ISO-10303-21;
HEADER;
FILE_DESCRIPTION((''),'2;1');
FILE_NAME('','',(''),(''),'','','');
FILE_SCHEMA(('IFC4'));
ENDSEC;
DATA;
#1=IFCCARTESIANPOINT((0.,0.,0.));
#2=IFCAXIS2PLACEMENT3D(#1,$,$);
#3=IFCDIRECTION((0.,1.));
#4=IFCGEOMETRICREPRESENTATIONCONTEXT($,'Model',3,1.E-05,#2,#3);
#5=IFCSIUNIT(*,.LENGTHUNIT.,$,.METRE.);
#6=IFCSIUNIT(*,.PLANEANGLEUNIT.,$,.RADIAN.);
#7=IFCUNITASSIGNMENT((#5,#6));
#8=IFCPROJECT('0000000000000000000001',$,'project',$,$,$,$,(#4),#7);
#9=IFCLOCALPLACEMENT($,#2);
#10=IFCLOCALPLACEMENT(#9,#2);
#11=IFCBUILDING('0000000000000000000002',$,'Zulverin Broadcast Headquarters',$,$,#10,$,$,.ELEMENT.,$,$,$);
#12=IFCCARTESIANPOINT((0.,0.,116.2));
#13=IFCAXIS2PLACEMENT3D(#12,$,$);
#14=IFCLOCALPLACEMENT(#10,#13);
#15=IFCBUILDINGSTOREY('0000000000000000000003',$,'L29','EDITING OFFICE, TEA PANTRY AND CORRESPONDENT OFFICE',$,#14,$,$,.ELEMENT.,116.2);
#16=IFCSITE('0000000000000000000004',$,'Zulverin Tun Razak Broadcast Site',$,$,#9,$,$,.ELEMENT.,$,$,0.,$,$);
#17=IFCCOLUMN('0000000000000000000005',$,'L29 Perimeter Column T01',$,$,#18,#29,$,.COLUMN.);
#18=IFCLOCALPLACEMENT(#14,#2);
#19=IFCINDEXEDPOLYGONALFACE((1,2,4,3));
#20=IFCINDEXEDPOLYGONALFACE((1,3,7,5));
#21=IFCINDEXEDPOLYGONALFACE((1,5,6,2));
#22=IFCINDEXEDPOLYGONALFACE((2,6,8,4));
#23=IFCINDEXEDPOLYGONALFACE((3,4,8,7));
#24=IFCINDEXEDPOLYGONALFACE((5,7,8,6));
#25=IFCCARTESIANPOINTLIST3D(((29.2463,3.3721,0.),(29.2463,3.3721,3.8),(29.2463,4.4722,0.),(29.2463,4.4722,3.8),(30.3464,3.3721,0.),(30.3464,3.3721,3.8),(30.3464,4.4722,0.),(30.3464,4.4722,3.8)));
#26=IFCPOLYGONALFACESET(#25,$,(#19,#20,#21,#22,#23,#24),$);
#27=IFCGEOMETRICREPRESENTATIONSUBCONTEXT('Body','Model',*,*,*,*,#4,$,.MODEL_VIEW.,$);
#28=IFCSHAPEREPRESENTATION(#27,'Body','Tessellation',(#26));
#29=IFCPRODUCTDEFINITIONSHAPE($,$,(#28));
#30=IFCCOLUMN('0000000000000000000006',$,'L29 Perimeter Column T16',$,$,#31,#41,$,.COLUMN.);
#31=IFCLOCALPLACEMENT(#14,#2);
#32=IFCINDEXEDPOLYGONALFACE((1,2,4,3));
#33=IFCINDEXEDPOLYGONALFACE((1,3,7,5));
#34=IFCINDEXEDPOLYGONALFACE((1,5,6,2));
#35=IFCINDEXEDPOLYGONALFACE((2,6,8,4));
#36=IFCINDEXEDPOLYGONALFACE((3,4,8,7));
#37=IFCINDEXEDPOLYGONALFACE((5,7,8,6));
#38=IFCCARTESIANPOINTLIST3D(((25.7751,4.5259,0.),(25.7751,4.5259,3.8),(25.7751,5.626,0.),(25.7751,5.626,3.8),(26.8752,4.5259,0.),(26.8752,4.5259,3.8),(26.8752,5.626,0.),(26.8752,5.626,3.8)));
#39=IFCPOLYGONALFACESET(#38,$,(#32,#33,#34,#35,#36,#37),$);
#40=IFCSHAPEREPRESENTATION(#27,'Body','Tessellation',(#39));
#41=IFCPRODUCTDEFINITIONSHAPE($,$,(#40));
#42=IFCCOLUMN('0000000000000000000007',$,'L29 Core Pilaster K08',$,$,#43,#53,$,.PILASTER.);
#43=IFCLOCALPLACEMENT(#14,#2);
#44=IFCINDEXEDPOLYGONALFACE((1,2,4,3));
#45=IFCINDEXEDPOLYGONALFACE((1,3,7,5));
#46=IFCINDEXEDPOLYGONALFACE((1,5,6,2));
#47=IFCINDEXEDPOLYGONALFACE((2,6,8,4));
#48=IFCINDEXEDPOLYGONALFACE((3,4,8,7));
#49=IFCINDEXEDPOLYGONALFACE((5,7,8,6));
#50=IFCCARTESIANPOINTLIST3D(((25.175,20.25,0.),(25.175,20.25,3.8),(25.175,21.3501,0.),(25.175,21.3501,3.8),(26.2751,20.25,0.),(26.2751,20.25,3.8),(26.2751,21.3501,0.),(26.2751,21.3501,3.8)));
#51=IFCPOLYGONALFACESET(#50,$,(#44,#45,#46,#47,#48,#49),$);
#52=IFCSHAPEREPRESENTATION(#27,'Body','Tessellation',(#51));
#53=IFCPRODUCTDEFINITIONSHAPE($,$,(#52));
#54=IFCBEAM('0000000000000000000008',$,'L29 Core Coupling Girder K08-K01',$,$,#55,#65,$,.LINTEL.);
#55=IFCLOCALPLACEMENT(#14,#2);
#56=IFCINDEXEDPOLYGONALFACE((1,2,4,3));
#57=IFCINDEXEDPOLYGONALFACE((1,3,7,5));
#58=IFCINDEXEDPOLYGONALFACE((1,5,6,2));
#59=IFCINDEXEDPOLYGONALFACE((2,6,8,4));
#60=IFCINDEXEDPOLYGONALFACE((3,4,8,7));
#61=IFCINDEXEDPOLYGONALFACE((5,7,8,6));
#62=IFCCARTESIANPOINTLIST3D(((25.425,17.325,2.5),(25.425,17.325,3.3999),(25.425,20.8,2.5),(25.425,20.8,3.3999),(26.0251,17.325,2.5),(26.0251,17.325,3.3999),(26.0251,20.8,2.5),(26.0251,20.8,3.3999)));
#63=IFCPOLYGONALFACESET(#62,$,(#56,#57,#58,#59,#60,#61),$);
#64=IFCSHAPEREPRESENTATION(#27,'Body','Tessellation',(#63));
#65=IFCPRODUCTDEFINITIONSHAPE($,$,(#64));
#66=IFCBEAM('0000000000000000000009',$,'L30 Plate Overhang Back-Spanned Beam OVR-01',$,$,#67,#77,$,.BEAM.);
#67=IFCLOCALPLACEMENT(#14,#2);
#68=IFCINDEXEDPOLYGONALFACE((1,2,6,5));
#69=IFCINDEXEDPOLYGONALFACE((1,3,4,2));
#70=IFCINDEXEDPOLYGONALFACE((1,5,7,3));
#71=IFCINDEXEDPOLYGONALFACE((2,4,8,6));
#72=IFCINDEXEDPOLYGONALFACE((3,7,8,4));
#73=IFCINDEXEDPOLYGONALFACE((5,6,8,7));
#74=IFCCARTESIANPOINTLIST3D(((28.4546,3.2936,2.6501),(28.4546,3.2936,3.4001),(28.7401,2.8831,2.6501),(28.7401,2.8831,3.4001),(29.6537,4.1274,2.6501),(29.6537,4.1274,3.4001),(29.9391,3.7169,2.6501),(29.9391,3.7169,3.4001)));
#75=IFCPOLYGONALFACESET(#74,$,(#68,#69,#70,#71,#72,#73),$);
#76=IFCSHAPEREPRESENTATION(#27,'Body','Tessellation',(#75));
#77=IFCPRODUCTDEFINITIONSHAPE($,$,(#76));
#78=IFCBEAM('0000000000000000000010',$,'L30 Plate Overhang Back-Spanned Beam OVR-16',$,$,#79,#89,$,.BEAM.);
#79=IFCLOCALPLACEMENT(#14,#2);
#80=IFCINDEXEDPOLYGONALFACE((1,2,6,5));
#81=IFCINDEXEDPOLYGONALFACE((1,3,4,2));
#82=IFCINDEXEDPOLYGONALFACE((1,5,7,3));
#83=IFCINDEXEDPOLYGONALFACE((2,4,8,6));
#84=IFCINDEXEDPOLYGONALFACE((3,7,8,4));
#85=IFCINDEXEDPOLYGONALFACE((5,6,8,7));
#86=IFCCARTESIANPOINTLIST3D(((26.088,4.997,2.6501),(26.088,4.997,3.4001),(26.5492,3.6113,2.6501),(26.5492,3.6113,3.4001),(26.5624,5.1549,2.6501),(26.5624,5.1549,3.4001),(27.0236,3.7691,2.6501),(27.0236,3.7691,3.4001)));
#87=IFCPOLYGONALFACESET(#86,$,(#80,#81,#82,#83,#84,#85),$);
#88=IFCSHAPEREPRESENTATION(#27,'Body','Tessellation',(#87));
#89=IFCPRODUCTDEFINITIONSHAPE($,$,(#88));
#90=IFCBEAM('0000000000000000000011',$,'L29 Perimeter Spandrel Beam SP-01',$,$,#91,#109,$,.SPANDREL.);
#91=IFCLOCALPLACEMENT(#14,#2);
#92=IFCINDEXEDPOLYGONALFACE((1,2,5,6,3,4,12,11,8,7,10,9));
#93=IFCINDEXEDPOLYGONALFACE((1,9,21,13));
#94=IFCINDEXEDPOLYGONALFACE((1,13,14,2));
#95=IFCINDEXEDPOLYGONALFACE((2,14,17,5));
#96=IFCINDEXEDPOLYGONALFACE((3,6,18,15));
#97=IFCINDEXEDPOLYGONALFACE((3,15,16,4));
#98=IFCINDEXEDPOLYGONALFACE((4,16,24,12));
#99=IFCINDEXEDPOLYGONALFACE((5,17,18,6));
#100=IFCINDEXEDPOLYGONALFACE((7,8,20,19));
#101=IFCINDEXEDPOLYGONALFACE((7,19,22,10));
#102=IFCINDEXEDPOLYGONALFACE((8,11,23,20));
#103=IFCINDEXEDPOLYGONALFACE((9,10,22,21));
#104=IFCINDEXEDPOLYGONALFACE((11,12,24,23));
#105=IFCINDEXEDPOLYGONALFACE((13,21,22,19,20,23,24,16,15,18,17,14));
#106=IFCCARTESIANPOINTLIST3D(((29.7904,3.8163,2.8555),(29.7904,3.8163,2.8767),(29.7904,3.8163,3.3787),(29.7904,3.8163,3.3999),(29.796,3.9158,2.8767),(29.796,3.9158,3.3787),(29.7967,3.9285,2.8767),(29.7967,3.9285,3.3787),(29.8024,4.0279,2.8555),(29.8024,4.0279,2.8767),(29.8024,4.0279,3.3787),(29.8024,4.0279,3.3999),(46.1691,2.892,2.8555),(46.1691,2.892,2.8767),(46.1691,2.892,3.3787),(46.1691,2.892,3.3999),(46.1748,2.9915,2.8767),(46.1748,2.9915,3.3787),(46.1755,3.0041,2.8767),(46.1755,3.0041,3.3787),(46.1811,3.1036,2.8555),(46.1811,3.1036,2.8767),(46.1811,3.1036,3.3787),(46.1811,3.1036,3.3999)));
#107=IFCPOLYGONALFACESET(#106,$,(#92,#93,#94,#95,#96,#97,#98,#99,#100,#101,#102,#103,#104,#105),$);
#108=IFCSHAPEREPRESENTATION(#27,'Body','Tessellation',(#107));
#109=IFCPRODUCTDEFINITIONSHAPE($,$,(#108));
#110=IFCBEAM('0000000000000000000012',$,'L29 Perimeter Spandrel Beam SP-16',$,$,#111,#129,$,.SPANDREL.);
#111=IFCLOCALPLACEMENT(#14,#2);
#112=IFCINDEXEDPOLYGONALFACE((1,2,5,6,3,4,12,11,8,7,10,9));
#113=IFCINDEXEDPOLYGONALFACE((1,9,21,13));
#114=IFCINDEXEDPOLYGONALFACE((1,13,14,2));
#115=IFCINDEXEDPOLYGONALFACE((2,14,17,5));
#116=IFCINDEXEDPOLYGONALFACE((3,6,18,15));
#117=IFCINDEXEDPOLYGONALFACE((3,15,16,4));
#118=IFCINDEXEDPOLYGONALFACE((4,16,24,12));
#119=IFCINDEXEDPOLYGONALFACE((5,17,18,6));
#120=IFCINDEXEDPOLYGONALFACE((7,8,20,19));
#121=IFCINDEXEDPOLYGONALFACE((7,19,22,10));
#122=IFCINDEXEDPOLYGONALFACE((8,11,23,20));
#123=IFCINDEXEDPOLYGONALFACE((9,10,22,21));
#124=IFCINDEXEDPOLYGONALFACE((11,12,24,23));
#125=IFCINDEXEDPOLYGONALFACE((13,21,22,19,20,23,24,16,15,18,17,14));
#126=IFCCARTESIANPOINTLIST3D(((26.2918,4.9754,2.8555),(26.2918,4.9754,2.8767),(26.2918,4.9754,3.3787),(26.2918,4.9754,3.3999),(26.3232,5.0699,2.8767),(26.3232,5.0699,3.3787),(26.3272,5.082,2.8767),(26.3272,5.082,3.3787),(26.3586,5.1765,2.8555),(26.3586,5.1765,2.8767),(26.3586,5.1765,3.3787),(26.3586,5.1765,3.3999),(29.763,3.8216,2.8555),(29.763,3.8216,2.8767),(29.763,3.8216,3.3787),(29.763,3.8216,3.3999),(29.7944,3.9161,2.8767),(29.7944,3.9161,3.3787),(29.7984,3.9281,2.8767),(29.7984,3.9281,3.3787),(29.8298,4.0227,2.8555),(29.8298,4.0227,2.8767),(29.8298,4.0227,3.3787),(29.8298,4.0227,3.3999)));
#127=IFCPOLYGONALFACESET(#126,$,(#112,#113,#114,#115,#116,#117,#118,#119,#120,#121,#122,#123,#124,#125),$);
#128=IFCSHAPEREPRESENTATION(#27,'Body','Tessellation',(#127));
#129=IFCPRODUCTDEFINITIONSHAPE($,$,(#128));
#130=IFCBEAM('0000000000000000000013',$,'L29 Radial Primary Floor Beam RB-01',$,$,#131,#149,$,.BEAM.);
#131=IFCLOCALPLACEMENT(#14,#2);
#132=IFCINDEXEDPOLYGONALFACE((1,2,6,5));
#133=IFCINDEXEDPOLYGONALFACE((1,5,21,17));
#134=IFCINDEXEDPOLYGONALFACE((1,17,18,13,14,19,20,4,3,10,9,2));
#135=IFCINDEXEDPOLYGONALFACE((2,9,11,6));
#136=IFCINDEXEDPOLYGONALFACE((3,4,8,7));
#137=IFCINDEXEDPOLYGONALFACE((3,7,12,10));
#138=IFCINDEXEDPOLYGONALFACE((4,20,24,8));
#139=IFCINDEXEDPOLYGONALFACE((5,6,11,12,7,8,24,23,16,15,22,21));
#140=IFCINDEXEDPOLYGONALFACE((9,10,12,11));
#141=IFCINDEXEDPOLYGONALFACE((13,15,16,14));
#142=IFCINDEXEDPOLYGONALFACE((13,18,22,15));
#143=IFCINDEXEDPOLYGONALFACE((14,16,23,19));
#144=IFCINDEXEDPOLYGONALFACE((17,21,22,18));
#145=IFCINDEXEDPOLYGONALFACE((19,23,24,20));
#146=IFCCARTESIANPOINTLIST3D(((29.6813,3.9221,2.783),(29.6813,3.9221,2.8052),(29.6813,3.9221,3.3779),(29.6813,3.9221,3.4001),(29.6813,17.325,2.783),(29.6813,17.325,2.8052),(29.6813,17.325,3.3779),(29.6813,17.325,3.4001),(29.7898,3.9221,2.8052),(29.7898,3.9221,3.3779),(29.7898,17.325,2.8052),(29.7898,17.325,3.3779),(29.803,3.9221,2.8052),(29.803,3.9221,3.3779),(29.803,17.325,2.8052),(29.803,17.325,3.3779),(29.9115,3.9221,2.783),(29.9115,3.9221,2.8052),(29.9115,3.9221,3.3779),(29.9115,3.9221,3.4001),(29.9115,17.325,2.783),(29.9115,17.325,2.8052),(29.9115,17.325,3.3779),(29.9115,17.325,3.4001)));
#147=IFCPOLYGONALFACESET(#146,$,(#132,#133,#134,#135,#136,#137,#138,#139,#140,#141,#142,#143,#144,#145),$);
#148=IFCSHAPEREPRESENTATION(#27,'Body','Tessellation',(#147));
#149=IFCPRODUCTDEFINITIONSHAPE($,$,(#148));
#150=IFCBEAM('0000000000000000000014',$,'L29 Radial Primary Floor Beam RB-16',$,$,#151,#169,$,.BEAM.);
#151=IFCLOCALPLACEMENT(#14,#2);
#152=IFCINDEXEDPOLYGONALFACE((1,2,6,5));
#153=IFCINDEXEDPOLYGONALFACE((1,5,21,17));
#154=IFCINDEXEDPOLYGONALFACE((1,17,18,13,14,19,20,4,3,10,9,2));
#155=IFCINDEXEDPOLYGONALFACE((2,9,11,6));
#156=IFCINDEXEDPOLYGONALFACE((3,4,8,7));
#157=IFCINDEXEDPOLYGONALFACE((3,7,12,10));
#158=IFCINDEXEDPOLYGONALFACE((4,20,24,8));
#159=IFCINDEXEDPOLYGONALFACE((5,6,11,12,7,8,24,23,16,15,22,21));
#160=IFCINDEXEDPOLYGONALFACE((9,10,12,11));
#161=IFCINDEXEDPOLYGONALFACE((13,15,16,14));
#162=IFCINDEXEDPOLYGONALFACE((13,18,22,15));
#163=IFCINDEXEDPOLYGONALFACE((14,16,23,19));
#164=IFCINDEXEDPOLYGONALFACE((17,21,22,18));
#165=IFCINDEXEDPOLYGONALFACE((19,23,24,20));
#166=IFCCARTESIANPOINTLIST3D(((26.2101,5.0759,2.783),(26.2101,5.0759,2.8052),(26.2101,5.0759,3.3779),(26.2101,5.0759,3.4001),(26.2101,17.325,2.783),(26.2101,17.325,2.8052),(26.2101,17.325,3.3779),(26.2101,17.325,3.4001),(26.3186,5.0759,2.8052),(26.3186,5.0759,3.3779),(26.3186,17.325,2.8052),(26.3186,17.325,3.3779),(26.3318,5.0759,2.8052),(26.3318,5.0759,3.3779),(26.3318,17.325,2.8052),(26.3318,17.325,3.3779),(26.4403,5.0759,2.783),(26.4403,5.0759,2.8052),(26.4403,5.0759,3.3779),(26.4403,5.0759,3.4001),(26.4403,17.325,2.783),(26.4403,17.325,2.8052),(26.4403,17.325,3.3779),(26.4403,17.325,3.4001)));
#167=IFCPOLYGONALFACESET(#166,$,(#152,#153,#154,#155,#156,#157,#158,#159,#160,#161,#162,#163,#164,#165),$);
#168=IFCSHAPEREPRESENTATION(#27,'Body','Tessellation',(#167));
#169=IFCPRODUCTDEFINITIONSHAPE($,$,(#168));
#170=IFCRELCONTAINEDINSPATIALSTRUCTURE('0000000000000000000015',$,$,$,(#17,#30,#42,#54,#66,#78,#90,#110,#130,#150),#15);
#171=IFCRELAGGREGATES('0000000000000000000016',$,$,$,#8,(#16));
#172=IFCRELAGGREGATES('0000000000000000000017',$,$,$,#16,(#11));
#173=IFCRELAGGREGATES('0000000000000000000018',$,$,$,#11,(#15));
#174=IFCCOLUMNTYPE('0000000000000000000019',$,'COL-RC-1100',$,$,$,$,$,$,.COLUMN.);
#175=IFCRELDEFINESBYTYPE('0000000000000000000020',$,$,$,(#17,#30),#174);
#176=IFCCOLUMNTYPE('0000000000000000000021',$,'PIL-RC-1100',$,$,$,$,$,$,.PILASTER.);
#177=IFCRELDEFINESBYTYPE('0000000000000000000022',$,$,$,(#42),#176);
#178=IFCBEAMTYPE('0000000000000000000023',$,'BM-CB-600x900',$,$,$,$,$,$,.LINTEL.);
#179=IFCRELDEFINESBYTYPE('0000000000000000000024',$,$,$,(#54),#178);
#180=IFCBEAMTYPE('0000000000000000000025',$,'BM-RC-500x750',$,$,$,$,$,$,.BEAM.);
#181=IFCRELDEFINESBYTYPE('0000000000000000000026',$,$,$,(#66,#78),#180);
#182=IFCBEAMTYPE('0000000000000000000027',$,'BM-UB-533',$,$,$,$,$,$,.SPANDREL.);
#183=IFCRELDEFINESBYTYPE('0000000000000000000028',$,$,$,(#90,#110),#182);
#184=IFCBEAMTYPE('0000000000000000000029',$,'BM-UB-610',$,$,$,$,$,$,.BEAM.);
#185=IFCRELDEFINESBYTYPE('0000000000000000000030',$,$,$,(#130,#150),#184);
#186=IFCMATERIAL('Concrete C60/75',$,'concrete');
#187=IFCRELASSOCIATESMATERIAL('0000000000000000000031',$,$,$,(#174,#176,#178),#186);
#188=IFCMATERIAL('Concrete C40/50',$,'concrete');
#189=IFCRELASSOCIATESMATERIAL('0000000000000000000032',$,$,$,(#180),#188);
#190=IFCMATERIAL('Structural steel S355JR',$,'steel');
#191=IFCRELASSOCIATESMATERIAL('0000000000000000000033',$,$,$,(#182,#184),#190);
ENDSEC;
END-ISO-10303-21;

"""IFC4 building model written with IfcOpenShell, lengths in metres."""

from ifc_helpers import new_model, si_unit, direction, frame, origin, origin_2d, place, context, subcontext, project, spatial, rectangle, i_section, extrude, material, material_profile, profile_set, type_object, element, save


model = new_model("IFC4")

# Units and contexts
model_context = context("Model", 3, precision=1e-05, world=origin(), true_north=direction((0.0, 1.0)))
body_context = subcontext(model_context, "Body", "Model", "MODEL_VIEW")
ifc_project = project(units=[si_unit("LENGTHUNIT", "METRE"), si_unit("PLANEANGLEUNIT", "RADIAN")], contexts=[model_context])

# Site, building, storey
site_placement = place(None, origin())
site = spatial("IfcSite", under=ifc_project, at=site_placement, Name="Zulverin Tun Razak Broadcast Site", CompositionType="ELEMENT", RefElevation=0.0)
building_placement = place(site_placement, origin())
building = spatial("IfcBuilding", under=site, at=building_placement, Name="Zulverin Broadcast Headquarters", CompositionType="ELEMENT")
storey_placement = place(building_placement, frame((0.0, 0.0, 116.2)))
storey = spatial("IfcBuildingStorey", under=building, at=storey_placement, Name="L29", Description="EDITING OFFICE, TEA PANTRY AND CORRESPONDENT OFFICE", CompositionType="ELEMENT", Elevation=116.2)

# Columns
ifc_material_1 = material(Name="Concrete C60/75", Category="concrete")
ifc_material_profile_1 = material_profile(ifc_material_1, rectangle(XDim=1.1001, YDim=1.1001, at=origin_2d()), Name="Concrete C60/75", Category="concrete")
ifc_profile_set_1 = profile_set([ifc_material_profile_1], Name="Concrete C60/75")
column_type_1 = type_object("IfcColumnType", Name="COL-RC-1100", PredefinedType="COLUMN", material=ifc_profile_set_1)
for number, where, z_axis, x_axis, name in (
    (1, (29.7964, 3.9221, 0.0), (0.0, 0.0, 1.0), (1.0, 0.0, 0.0), "L29 Perimeter Column T01"),
    (2, (26.3252, 5.0759, 0.0), (0.0, 0.0, 1.0), (1.0, 0.0, 0.0), "L29 Perimeter Column T16"),
):
    element("IfcColumn", number, at=place(storey_placement, frame(where, z_axis=z_axis, x_axis=x_axis)), inside=storey, type_object=column_type_1, Name=name, PredefinedType="COLUMN", context=body_context, shape_type="SweptSolid", body=[
        extrude(rectangle(XDim=1.1001, YDim=1.1001, at=origin_2d()), origin(), (0.0, 0.0, 1.0), 3.8),
    ])
ifc_material_profile_2 = material_profile(ifc_material_1, rectangle(XDim=1.1001, YDim=1.1001, at=origin_2d()), Name="Concrete C60/75", Category="concrete")
ifc_profile_set_2 = profile_set([ifc_material_profile_2], Name="Concrete C60/75")
column_type_2 = type_object("IfcColumnType", Name="PIL-RC-1100", PredefinedType="PILASTER", material=ifc_profile_set_2)
column_placement = place(storey_placement, frame((25.7251, 20.8, 0.0), z_axis=(0.0, 0.0, 1.0), x_axis=(1.0, 0.0, 0.0)))
element("IfcColumn", 3, at=column_placement, inside=storey, type_object=column_type_2, Name="L29 Core Pilaster K08", PredefinedType="PILASTER", context=body_context, shape_type="SweptSolid", body=[
    extrude(rectangle(XDim=1.1001, YDim=1.1001, at=origin_2d()), origin(), (0.0, 0.0, 1.0), 3.8),
])

# Beams
ifc_material_profile_3 = material_profile(ifc_material_1, rectangle(XDim=0.6001, YDim=0.8999, at=origin_2d()), Name="Concrete C60/75", Category="concrete")
ifc_profile_set_3 = profile_set([ifc_material_profile_3], Name="Concrete C60/75")
beam_type_1 = type_object("IfcBeamType", Name="BM-CB-600x900", PredefinedType="LINTEL", material=ifc_profile_set_3)
beam_1_placement = place(storey_placement, frame((25.7251, 20.8, 2.95), z_axis=(0.0, -1.0, 0.0), x_axis=(1.0, 0.0, 0.0)))
element("IfcBeam", 4, at=beam_1_placement, inside=storey, type_object=beam_type_1, Name="L29 Core Coupling Girder K08-K01", PredefinedType="LINTEL", context=body_context, shape_type="SweptSolid", body=[
    extrude(rectangle(XDim=0.6001, YDim=0.8999, at=origin_2d()), origin(), (0.0, 0.0, 1.0), 3.4751),
])
ifc_material_2 = material(Name="Concrete C40/50", Category="concrete")
ifc_material_profile_4 = material_profile(ifc_material_2, rectangle(XDim=0.5, YDim=0.75, at=origin_2d()), Name="Concrete C40/50", Category="concrete")
ifc_profile_set_4 = profile_set([ifc_material_profile_4], Name="Concrete C40/50")
beam_type_2 = type_object("IfcBeamType", Name="BM-RC-500x750", PredefinedType="BEAM", material=ifc_profile_set_4)
for number, where, z_axis, x_axis, name in (
    (5, (29.7964, 3.9221, 3.0251), (-0.821011, -0.570913, 0.0), (0.570913, -0.821011, 0.0), "L30 Plate Overhang Back-Spanned Beam OVR-01"),
    (6, (26.3252, 5.0759, 3.0251), (0.315776, -0.948834, 0.0), (0.948834, 0.315776, 0.0), "L30 Plate Overhang Back-Spanned Beam OVR-16"),
):
    element("IfcBeam", number, at=place(storey_placement, frame(where, z_axis=z_axis, x_axis=x_axis)), inside=storey, type_object=beam_type_2, Name=name, PredefinedType="BEAM", context=body_context, shape_type="SweptSolid", body=[
        extrude(rectangle(XDim=0.5, YDim=0.75, at=origin_2d()), origin(), (0.0, 0.0, 1.0), 1.4604),
    ])
ifc_material_3 = material(Name="Structural steel S355JR", Category="steel")
ifc_material_profile_5 = material_profile(ifc_material_3, i_section(OverallWidth=0.2119, OverallDepth=0.5444, WebThickness=0.0127, FlangeThickness=0.0212, at=origin_2d()), Name="Structural steel S355JR", Category="steel")
ifc_profile_set_5 = profile_set([ifc_material_profile_5], Name="Structural steel S355JR")
beam_type_3 = type_object("IfcBeamType", Name="BM-UB-533", PredefinedType="SPANDREL", material=ifc_profile_set_5)
beam_2_placement = place(storey_placement, frame((29.7964, 3.9221, 3.1277), z_axis=(0.998411, -0.056345, 0.0), x_axis=(0.056345, 0.998411, 0.0)))
element("IfcBeam", 7, at=beam_2_placement, inside=storey, type_object=beam_type_3, Name="L29 Perimeter Spandrel Beam SP-01", PredefinedType="SPANDREL", context=body_context, shape_type="SweptSolid", body=[
    extrude(i_section(OverallWidth=0.2119, OverallDepth=0.5444, WebThickness=0.0127, FlangeThickness=0.0212, at=origin_2d()), origin(), (0.0, 0.0, 1.0), 16.4048),
])
beam_3_placement = place(storey_placement, frame((26.3252, 5.0759, 3.1277), z_axis=(0.94895, -0.315427, 0.0), x_axis=(0.315427, 0.94895, 0.0)))
element("IfcBeam", 8, at=beam_3_placement, inside=storey, type_object=beam_type_3, Name="L29 Perimeter Spandrel Beam SP-16", PredefinedType="SPANDREL", context=body_context, shape_type="SweptSolid", body=[
    extrude(i_section(OverallWidth=0.2119, OverallDepth=0.5444, WebThickness=0.0127, FlangeThickness=0.0212, at=origin_2d()), origin(), (0.0, 0.0, 1.0), 3.658),
])
ifc_material_profile_6 = material_profile(ifc_material_3, i_section(OverallWidth=0.2302, OverallDepth=0.6172, WebThickness=0.0132, FlangeThickness=0.0222, at=origin_2d()), Name="Structural steel S355JR", Category="steel")
ifc_profile_set_6 = profile_set([ifc_material_profile_6], Name="Structural steel S355JR")
beam_type_4 = type_object("IfcBeamType", Name="BM-UB-610", PredefinedType="BEAM", material=ifc_profile_set_6)
beam_4_placement = place(storey_placement, frame((29.7964, 17.325, 3.0916), z_axis=(0.0, -1.0, 0.0), x_axis=(1.0, 0.0, 0.0)))
element("IfcBeam", 9, at=beam_4_placement, inside=storey, type_object=beam_type_4, Name="L29 Radial Primary Floor Beam RB-01", PredefinedType="BEAM", context=body_context, shape_type="SweptSolid", body=[
    extrude(i_section(OverallWidth=0.2302, OverallDepth=0.6172, WebThickness=0.0132, FlangeThickness=0.0222, at=origin_2d()), origin(), (0.0, 0.0, 1.0), 13.4028),
])
beam_5_placement = place(storey_placement, frame((26.3252, 17.325, 3.0916), z_axis=(0.0, -1.0, 0.0), x_axis=(1.0, 0.0, 0.0)))
element("IfcBeam", 10, at=beam_5_placement, inside=storey, type_object=beam_type_4, Name="L29 Radial Primary Floor Beam RB-16", PredefinedType="BEAM", context=body_context, shape_type="SweptSolid", body=[
    extrude(i_section(OverallWidth=0.2302, OverallDepth=0.6172, WebThickness=0.0132, FlangeThickness=0.0222, at=origin_2d()), origin(), (0.0, 0.0, 1.0), 12.249),
])

save(model, "model.ifc")
